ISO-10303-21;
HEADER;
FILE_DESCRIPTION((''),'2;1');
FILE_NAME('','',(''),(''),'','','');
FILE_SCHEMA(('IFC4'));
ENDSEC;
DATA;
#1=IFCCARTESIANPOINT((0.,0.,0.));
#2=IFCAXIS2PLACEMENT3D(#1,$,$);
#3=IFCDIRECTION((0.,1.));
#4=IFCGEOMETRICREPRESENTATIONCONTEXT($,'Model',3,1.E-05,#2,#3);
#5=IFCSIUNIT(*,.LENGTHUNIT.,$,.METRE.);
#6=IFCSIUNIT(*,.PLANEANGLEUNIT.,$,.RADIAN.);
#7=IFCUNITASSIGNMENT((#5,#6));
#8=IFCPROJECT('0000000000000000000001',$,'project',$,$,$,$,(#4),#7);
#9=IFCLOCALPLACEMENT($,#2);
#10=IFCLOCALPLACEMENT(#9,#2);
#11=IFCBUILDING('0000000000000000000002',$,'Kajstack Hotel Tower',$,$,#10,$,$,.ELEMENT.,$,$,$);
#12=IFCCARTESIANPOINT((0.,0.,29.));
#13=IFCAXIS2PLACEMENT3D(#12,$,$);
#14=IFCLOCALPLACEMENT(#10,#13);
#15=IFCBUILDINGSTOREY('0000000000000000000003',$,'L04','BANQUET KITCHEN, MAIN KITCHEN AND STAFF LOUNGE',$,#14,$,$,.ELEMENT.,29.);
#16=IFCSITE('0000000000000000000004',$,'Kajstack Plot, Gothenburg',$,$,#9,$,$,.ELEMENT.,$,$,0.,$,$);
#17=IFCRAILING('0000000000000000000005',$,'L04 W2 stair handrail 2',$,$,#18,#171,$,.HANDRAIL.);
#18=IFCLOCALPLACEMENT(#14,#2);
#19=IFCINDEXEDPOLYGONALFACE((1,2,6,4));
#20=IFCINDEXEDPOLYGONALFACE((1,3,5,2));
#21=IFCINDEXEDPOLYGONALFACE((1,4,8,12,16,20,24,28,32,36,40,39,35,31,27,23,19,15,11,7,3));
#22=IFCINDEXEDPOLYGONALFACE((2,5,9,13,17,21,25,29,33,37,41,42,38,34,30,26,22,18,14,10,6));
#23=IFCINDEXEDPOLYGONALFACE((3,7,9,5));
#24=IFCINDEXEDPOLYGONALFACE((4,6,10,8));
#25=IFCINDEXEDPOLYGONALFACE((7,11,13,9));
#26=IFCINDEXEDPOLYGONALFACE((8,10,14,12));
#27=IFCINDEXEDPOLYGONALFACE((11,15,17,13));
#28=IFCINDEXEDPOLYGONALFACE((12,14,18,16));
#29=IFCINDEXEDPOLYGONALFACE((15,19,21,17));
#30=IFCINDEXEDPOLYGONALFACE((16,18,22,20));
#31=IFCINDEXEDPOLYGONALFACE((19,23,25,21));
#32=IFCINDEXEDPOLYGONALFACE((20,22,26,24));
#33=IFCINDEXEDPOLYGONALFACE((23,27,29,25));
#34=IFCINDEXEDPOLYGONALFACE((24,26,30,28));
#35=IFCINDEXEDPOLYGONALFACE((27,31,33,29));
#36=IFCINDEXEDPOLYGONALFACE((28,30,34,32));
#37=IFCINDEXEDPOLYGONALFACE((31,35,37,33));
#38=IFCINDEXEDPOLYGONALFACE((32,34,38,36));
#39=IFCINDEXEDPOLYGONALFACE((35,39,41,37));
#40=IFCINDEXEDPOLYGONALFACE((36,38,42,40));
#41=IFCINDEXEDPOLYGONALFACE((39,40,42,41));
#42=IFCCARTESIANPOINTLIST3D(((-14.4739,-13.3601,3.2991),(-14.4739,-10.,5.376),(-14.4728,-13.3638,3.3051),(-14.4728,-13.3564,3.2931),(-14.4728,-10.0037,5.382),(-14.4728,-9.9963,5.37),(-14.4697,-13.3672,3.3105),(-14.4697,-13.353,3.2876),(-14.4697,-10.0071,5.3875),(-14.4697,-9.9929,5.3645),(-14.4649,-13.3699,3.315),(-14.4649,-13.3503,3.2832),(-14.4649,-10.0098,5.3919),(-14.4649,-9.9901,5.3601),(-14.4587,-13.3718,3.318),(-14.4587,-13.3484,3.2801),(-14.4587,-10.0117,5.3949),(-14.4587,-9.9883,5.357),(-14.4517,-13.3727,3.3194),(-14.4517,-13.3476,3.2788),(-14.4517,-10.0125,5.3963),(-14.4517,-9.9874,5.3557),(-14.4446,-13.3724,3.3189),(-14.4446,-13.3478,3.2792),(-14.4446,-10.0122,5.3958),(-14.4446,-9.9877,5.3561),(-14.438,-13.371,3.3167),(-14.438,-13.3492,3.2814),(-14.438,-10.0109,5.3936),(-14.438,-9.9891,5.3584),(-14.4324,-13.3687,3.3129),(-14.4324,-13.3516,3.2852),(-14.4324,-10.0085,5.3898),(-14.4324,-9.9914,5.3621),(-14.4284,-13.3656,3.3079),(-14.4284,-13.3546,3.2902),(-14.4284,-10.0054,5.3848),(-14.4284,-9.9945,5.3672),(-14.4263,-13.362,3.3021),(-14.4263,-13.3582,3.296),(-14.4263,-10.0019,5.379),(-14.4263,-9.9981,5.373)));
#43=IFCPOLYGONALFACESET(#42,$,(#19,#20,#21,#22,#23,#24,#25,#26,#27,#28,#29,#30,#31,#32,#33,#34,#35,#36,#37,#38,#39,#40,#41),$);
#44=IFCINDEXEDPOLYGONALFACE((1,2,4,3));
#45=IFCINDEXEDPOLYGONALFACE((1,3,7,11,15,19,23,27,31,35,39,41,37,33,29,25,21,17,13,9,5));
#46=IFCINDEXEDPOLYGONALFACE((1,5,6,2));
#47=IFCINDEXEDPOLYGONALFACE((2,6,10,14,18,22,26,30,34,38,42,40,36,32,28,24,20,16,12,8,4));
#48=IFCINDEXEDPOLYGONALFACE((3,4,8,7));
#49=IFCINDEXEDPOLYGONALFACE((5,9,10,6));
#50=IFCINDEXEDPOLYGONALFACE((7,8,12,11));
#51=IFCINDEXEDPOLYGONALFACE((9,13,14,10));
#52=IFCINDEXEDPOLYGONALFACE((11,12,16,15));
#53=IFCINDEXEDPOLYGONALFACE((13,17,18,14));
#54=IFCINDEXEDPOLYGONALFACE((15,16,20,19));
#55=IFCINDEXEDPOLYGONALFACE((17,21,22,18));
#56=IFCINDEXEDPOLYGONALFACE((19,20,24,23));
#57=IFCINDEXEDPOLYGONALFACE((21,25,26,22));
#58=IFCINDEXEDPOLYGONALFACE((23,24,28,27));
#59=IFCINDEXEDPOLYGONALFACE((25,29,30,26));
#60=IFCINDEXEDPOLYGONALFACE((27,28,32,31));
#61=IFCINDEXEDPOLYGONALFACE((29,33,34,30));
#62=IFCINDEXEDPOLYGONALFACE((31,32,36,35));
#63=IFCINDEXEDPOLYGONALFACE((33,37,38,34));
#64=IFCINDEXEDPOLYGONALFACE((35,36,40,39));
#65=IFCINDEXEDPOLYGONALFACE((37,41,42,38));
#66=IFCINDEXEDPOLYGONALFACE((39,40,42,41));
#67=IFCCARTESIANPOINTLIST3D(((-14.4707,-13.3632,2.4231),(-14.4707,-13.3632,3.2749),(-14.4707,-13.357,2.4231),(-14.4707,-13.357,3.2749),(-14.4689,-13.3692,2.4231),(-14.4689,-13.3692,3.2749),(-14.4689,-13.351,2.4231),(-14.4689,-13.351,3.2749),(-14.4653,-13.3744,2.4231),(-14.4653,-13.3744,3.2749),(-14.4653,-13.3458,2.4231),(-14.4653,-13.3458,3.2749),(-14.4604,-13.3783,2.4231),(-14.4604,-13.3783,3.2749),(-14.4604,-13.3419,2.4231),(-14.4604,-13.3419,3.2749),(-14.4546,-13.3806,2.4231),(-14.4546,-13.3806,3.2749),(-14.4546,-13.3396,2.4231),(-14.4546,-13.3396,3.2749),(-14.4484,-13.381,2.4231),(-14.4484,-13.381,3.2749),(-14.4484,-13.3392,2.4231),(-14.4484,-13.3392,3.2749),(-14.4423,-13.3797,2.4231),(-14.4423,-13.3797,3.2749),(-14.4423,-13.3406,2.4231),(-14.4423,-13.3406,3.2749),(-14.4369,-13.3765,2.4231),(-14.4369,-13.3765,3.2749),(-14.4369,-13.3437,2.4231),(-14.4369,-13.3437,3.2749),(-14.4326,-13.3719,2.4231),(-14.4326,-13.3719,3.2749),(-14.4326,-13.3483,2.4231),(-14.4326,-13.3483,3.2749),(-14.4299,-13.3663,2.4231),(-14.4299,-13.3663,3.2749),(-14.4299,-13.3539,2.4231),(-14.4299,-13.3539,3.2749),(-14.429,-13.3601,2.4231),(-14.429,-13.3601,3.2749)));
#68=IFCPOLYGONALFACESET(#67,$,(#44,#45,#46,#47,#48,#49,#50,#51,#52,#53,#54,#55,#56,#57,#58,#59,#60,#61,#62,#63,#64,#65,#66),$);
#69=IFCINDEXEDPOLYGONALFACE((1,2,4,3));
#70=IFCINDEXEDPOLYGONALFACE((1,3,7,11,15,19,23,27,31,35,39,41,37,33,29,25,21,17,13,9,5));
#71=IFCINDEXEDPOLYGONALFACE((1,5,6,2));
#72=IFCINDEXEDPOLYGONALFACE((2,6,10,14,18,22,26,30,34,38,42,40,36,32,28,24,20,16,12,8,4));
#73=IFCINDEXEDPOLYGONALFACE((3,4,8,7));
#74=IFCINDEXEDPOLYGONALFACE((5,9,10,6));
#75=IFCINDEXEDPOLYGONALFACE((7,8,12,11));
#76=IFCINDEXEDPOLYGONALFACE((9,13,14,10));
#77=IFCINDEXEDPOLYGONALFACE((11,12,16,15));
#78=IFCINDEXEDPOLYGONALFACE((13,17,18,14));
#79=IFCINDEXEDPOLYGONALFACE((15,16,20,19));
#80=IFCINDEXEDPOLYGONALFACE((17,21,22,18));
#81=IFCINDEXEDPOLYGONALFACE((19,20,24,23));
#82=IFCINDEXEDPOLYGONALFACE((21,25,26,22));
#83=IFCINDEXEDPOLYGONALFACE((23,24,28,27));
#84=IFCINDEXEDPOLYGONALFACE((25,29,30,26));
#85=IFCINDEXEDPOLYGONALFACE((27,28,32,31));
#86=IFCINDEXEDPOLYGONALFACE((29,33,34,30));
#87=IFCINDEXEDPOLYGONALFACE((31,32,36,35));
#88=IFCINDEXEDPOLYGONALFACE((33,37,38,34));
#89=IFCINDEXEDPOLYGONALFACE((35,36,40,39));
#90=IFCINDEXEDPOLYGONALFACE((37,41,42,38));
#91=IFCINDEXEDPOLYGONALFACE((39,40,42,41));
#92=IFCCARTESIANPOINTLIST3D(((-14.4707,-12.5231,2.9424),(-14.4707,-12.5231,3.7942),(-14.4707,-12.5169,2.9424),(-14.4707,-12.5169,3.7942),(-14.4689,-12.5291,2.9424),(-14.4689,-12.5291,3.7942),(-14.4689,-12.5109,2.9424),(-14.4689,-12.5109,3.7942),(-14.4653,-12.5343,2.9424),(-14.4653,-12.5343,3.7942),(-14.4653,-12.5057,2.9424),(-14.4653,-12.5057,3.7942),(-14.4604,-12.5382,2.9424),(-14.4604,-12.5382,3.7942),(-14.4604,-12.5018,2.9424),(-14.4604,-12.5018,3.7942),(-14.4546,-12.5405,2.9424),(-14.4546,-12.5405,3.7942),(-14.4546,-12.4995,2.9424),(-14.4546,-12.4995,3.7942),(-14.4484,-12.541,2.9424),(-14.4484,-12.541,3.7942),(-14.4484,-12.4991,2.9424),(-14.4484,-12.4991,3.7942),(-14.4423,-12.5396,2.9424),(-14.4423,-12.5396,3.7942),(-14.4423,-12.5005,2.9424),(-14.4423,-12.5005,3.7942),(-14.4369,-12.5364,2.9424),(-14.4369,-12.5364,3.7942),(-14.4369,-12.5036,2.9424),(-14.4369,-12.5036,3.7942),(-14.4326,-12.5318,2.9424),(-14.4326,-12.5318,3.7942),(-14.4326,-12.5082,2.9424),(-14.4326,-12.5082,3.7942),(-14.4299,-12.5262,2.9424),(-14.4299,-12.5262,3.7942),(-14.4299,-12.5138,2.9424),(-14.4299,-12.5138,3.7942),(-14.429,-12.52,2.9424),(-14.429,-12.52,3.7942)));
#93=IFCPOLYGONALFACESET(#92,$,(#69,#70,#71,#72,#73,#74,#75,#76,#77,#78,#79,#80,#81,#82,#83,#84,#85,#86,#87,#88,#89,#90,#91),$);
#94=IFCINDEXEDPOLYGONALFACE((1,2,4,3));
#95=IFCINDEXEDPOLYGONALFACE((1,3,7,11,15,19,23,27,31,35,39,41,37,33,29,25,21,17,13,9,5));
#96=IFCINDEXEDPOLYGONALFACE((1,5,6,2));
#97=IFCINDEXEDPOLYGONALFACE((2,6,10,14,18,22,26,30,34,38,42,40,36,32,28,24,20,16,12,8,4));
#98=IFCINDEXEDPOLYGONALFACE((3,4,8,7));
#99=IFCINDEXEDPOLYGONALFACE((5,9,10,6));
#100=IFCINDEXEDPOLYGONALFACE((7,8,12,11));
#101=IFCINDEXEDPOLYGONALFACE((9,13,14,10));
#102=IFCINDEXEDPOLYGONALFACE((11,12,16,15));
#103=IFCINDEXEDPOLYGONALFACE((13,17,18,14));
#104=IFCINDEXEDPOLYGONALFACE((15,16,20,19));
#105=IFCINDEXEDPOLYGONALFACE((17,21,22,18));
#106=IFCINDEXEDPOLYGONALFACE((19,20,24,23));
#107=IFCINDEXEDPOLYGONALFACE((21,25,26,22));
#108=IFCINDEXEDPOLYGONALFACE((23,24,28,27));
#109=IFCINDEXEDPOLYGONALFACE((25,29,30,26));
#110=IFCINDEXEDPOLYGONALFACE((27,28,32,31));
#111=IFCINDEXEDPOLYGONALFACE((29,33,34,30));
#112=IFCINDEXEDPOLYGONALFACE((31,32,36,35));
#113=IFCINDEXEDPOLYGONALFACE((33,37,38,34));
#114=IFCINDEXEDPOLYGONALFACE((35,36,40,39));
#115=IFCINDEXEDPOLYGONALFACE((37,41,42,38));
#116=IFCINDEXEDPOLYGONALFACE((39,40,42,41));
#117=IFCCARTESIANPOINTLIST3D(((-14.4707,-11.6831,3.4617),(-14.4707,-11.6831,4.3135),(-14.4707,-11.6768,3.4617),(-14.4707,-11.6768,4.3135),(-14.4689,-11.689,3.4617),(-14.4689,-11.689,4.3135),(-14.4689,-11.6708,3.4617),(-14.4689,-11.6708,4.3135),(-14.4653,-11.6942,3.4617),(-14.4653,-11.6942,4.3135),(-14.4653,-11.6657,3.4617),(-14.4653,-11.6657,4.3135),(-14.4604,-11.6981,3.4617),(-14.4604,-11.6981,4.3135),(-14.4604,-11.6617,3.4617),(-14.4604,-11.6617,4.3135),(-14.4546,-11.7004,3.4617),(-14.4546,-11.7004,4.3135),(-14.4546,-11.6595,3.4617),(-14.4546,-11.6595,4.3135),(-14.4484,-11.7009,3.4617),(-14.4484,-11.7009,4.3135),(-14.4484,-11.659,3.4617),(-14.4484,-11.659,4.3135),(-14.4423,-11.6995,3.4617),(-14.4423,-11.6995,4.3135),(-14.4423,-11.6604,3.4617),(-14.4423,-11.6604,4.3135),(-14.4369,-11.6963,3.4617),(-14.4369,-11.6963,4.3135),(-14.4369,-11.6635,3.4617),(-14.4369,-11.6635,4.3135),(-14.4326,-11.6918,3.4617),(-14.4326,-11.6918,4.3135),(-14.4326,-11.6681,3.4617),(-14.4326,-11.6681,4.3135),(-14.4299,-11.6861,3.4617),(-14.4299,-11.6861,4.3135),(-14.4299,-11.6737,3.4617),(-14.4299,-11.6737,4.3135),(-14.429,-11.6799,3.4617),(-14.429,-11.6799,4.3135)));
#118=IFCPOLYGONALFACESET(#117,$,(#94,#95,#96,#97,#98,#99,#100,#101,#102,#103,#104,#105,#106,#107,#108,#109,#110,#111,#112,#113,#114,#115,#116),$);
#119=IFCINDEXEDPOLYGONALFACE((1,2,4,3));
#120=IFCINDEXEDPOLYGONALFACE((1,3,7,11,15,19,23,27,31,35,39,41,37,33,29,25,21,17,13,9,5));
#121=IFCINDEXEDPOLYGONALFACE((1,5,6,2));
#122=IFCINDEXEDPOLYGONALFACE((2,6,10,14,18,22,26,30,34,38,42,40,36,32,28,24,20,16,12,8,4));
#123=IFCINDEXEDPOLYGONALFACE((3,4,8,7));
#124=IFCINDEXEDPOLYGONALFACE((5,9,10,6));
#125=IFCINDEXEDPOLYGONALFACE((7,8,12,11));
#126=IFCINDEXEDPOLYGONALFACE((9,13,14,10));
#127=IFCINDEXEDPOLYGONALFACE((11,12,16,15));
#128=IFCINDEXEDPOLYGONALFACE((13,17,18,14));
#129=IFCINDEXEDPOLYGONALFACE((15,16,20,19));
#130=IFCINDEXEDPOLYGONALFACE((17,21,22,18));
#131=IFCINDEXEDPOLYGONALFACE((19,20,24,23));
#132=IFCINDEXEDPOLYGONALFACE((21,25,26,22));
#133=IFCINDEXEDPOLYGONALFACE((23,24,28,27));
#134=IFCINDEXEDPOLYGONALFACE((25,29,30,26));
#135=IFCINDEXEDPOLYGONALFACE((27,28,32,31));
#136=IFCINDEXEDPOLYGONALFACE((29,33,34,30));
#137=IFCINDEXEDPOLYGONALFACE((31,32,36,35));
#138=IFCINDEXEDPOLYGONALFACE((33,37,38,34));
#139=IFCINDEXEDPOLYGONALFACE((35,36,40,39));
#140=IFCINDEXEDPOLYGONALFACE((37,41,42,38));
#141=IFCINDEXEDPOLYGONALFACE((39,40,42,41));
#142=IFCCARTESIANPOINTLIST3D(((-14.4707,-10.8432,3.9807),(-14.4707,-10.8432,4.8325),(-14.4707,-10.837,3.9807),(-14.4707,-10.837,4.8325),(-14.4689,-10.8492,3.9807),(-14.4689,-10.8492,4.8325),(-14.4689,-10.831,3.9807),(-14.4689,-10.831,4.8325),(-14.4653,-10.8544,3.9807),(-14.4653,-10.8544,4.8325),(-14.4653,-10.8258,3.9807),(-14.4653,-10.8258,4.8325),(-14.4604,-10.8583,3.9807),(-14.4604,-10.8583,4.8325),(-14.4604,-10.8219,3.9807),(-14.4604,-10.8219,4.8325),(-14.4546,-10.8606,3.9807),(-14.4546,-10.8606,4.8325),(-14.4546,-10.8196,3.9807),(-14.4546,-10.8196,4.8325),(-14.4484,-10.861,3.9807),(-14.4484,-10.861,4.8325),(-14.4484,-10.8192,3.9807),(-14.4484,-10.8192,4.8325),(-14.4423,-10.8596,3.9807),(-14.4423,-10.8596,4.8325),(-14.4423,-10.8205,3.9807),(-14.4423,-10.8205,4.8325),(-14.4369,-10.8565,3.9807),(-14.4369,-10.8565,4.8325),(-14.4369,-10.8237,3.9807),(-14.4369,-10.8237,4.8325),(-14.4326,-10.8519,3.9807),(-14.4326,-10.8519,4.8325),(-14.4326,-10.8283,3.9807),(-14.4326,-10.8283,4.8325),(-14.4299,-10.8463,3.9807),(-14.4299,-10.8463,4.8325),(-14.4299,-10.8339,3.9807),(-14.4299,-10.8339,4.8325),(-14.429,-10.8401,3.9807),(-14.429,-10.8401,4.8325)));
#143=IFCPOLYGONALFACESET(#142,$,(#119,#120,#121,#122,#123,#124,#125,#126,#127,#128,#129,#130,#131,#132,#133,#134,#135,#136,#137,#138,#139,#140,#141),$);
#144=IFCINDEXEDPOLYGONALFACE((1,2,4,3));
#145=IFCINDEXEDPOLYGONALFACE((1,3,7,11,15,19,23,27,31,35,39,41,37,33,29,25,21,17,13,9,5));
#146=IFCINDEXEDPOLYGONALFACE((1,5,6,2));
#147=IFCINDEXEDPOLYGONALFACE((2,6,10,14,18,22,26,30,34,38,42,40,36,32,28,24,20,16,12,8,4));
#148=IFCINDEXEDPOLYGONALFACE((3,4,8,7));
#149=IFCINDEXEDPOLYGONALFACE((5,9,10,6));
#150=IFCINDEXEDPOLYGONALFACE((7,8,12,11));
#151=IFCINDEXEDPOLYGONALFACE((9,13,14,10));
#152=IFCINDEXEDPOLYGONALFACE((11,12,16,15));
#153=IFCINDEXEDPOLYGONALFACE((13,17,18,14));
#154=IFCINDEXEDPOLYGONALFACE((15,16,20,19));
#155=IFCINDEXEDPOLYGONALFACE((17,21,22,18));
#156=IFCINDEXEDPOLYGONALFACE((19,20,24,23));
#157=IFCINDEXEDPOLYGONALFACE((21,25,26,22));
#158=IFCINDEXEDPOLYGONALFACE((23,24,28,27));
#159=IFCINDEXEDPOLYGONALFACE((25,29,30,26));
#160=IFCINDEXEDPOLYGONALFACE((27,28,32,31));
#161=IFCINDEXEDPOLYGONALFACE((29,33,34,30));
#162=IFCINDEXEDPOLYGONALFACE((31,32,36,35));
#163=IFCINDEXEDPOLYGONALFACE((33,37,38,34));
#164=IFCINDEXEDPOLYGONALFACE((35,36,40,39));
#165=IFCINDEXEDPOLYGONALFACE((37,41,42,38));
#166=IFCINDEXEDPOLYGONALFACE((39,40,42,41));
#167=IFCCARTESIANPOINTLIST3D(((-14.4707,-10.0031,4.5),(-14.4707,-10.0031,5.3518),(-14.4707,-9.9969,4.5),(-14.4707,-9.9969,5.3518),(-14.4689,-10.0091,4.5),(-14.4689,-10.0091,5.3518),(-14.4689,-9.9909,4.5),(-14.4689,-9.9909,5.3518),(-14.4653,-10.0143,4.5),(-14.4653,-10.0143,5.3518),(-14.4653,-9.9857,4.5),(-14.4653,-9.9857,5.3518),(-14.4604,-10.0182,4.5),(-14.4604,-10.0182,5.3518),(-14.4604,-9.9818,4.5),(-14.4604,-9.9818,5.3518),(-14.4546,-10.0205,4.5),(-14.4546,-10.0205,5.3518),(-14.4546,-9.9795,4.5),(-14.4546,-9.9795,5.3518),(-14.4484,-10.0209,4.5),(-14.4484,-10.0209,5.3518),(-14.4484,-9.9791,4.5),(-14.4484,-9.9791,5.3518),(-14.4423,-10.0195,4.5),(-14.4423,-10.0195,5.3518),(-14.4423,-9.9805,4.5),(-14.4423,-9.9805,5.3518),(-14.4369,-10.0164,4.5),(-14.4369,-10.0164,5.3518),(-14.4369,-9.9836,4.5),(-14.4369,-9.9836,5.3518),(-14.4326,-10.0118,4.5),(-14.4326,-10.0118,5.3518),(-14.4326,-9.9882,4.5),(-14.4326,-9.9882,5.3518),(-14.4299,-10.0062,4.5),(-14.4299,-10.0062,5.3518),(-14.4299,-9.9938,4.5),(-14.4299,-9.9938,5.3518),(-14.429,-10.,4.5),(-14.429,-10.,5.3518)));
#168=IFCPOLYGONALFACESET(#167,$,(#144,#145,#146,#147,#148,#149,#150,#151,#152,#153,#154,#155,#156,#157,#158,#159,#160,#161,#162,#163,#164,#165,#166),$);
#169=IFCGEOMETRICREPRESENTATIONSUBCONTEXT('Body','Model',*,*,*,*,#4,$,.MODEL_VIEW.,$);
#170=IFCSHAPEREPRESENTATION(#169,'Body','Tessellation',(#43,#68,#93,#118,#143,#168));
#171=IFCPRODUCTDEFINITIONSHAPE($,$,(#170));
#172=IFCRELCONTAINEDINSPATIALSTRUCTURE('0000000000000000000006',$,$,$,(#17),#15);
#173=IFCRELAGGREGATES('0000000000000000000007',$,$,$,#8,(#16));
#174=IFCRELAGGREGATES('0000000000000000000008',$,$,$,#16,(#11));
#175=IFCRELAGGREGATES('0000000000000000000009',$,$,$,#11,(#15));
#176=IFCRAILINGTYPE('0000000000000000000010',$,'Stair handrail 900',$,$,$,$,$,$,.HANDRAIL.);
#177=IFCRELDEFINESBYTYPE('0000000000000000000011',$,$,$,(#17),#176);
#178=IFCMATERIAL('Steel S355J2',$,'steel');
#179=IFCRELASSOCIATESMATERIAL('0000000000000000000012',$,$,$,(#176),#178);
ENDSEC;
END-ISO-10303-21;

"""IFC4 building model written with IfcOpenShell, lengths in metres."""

from ifc_helpers import new_model, si_unit, direction, frame, origin, origin_2d, place, context, subcontext, project, spatial, circle, extrude, material, type_object, element, save


model = new_model("IFC4")

# Units and contexts
model_context = context("Model", 3, precision=1e-05, world=origin(), true_north=direction((0.0, 1.0)))
body_context = subcontext(model_context, "Body", "Model", "MODEL_VIEW")
ifc_project = project(units=[si_unit("LENGTHUNIT", "METRE"), si_unit("PLANEANGLEUNIT", "RADIAN")], contexts=[model_context])

# Site, building, storey
site_placement = place(None, origin())
site = spatial("IfcSite", under=ifc_project, at=site_placement, Name="Kajstack Plot, Gothenburg", CompositionType="ELEMENT", RefElevation=0.0)
building_placement = place(site_placement, origin())
building = spatial("IfcBuilding", under=site, at=building_placement, Name="Kajstack Hotel Tower", CompositionType="ELEMENT")
storey_placement = place(building_placement, frame((0.0, 0.0, 29.0)))
storey = spatial("IfcBuildingStorey", under=building, at=storey_placement, Name="L04", Description="BANQUET KITCHEN, MAIN KITCHEN AND STAFF LOUNGE", CompositionType="ELEMENT", Elevation=29.0)

# Railing
ifc_material_1 = material(Name="Steel S355J2", Category="steel")
railing_type = type_object("IfcRailingType", Name="Stair handrail 900", PredefinedType="HANDRAIL", material=ifc_material_1)
railing_1_placement = place(storey_placement, frame((-14.45, -13.3601, 2.4231)))
element("IfcRailing", 1, at=railing_1_placement, inside=storey, type_object=railing_type, Name="L04 W2 stair handrail 2", PredefinedType="HANDRAIL", context=body_context, shape_type="SweptSolid", body=[
    extrude(circle(Radius=0.0239, at=origin_2d()), frame((0.0, 0.0, 0.876), z_axis=(0.0, 0.850623, 0.525776), x_axis=(-1.0, 0.0, 0.0)), (0.0, 0.0, 1.0), 3.9502),
    extrude(circle(Radius=0.021, at=origin_2d()), origin(), (0.0, 0.0, 1.0), 0.8518),
    extrude(circle(Radius=0.021, at=origin_2d()), frame((0.0, 0.8401, 0.5193)), (0.0, 0.0, 1.0), 0.8518),
    extrude(circle(Radius=0.021, at=origin_2d()), frame((0.0, 1.6802, 1.0386)), (0.0, 0.0, 1.0), 0.8518),
    extrude(circle(Radius=0.021, at=origin_2d()), frame((0.0, 2.52, 1.5576)), (0.0, 0.0, 1.0), 0.8518),
    extrude(circle(Radius=0.021, at=origin_2d()), frame((0.0, 3.3601, 2.0769)), (0.0, 0.0, 1.0), 0.8518),
])

save(model, "model.ifc")
